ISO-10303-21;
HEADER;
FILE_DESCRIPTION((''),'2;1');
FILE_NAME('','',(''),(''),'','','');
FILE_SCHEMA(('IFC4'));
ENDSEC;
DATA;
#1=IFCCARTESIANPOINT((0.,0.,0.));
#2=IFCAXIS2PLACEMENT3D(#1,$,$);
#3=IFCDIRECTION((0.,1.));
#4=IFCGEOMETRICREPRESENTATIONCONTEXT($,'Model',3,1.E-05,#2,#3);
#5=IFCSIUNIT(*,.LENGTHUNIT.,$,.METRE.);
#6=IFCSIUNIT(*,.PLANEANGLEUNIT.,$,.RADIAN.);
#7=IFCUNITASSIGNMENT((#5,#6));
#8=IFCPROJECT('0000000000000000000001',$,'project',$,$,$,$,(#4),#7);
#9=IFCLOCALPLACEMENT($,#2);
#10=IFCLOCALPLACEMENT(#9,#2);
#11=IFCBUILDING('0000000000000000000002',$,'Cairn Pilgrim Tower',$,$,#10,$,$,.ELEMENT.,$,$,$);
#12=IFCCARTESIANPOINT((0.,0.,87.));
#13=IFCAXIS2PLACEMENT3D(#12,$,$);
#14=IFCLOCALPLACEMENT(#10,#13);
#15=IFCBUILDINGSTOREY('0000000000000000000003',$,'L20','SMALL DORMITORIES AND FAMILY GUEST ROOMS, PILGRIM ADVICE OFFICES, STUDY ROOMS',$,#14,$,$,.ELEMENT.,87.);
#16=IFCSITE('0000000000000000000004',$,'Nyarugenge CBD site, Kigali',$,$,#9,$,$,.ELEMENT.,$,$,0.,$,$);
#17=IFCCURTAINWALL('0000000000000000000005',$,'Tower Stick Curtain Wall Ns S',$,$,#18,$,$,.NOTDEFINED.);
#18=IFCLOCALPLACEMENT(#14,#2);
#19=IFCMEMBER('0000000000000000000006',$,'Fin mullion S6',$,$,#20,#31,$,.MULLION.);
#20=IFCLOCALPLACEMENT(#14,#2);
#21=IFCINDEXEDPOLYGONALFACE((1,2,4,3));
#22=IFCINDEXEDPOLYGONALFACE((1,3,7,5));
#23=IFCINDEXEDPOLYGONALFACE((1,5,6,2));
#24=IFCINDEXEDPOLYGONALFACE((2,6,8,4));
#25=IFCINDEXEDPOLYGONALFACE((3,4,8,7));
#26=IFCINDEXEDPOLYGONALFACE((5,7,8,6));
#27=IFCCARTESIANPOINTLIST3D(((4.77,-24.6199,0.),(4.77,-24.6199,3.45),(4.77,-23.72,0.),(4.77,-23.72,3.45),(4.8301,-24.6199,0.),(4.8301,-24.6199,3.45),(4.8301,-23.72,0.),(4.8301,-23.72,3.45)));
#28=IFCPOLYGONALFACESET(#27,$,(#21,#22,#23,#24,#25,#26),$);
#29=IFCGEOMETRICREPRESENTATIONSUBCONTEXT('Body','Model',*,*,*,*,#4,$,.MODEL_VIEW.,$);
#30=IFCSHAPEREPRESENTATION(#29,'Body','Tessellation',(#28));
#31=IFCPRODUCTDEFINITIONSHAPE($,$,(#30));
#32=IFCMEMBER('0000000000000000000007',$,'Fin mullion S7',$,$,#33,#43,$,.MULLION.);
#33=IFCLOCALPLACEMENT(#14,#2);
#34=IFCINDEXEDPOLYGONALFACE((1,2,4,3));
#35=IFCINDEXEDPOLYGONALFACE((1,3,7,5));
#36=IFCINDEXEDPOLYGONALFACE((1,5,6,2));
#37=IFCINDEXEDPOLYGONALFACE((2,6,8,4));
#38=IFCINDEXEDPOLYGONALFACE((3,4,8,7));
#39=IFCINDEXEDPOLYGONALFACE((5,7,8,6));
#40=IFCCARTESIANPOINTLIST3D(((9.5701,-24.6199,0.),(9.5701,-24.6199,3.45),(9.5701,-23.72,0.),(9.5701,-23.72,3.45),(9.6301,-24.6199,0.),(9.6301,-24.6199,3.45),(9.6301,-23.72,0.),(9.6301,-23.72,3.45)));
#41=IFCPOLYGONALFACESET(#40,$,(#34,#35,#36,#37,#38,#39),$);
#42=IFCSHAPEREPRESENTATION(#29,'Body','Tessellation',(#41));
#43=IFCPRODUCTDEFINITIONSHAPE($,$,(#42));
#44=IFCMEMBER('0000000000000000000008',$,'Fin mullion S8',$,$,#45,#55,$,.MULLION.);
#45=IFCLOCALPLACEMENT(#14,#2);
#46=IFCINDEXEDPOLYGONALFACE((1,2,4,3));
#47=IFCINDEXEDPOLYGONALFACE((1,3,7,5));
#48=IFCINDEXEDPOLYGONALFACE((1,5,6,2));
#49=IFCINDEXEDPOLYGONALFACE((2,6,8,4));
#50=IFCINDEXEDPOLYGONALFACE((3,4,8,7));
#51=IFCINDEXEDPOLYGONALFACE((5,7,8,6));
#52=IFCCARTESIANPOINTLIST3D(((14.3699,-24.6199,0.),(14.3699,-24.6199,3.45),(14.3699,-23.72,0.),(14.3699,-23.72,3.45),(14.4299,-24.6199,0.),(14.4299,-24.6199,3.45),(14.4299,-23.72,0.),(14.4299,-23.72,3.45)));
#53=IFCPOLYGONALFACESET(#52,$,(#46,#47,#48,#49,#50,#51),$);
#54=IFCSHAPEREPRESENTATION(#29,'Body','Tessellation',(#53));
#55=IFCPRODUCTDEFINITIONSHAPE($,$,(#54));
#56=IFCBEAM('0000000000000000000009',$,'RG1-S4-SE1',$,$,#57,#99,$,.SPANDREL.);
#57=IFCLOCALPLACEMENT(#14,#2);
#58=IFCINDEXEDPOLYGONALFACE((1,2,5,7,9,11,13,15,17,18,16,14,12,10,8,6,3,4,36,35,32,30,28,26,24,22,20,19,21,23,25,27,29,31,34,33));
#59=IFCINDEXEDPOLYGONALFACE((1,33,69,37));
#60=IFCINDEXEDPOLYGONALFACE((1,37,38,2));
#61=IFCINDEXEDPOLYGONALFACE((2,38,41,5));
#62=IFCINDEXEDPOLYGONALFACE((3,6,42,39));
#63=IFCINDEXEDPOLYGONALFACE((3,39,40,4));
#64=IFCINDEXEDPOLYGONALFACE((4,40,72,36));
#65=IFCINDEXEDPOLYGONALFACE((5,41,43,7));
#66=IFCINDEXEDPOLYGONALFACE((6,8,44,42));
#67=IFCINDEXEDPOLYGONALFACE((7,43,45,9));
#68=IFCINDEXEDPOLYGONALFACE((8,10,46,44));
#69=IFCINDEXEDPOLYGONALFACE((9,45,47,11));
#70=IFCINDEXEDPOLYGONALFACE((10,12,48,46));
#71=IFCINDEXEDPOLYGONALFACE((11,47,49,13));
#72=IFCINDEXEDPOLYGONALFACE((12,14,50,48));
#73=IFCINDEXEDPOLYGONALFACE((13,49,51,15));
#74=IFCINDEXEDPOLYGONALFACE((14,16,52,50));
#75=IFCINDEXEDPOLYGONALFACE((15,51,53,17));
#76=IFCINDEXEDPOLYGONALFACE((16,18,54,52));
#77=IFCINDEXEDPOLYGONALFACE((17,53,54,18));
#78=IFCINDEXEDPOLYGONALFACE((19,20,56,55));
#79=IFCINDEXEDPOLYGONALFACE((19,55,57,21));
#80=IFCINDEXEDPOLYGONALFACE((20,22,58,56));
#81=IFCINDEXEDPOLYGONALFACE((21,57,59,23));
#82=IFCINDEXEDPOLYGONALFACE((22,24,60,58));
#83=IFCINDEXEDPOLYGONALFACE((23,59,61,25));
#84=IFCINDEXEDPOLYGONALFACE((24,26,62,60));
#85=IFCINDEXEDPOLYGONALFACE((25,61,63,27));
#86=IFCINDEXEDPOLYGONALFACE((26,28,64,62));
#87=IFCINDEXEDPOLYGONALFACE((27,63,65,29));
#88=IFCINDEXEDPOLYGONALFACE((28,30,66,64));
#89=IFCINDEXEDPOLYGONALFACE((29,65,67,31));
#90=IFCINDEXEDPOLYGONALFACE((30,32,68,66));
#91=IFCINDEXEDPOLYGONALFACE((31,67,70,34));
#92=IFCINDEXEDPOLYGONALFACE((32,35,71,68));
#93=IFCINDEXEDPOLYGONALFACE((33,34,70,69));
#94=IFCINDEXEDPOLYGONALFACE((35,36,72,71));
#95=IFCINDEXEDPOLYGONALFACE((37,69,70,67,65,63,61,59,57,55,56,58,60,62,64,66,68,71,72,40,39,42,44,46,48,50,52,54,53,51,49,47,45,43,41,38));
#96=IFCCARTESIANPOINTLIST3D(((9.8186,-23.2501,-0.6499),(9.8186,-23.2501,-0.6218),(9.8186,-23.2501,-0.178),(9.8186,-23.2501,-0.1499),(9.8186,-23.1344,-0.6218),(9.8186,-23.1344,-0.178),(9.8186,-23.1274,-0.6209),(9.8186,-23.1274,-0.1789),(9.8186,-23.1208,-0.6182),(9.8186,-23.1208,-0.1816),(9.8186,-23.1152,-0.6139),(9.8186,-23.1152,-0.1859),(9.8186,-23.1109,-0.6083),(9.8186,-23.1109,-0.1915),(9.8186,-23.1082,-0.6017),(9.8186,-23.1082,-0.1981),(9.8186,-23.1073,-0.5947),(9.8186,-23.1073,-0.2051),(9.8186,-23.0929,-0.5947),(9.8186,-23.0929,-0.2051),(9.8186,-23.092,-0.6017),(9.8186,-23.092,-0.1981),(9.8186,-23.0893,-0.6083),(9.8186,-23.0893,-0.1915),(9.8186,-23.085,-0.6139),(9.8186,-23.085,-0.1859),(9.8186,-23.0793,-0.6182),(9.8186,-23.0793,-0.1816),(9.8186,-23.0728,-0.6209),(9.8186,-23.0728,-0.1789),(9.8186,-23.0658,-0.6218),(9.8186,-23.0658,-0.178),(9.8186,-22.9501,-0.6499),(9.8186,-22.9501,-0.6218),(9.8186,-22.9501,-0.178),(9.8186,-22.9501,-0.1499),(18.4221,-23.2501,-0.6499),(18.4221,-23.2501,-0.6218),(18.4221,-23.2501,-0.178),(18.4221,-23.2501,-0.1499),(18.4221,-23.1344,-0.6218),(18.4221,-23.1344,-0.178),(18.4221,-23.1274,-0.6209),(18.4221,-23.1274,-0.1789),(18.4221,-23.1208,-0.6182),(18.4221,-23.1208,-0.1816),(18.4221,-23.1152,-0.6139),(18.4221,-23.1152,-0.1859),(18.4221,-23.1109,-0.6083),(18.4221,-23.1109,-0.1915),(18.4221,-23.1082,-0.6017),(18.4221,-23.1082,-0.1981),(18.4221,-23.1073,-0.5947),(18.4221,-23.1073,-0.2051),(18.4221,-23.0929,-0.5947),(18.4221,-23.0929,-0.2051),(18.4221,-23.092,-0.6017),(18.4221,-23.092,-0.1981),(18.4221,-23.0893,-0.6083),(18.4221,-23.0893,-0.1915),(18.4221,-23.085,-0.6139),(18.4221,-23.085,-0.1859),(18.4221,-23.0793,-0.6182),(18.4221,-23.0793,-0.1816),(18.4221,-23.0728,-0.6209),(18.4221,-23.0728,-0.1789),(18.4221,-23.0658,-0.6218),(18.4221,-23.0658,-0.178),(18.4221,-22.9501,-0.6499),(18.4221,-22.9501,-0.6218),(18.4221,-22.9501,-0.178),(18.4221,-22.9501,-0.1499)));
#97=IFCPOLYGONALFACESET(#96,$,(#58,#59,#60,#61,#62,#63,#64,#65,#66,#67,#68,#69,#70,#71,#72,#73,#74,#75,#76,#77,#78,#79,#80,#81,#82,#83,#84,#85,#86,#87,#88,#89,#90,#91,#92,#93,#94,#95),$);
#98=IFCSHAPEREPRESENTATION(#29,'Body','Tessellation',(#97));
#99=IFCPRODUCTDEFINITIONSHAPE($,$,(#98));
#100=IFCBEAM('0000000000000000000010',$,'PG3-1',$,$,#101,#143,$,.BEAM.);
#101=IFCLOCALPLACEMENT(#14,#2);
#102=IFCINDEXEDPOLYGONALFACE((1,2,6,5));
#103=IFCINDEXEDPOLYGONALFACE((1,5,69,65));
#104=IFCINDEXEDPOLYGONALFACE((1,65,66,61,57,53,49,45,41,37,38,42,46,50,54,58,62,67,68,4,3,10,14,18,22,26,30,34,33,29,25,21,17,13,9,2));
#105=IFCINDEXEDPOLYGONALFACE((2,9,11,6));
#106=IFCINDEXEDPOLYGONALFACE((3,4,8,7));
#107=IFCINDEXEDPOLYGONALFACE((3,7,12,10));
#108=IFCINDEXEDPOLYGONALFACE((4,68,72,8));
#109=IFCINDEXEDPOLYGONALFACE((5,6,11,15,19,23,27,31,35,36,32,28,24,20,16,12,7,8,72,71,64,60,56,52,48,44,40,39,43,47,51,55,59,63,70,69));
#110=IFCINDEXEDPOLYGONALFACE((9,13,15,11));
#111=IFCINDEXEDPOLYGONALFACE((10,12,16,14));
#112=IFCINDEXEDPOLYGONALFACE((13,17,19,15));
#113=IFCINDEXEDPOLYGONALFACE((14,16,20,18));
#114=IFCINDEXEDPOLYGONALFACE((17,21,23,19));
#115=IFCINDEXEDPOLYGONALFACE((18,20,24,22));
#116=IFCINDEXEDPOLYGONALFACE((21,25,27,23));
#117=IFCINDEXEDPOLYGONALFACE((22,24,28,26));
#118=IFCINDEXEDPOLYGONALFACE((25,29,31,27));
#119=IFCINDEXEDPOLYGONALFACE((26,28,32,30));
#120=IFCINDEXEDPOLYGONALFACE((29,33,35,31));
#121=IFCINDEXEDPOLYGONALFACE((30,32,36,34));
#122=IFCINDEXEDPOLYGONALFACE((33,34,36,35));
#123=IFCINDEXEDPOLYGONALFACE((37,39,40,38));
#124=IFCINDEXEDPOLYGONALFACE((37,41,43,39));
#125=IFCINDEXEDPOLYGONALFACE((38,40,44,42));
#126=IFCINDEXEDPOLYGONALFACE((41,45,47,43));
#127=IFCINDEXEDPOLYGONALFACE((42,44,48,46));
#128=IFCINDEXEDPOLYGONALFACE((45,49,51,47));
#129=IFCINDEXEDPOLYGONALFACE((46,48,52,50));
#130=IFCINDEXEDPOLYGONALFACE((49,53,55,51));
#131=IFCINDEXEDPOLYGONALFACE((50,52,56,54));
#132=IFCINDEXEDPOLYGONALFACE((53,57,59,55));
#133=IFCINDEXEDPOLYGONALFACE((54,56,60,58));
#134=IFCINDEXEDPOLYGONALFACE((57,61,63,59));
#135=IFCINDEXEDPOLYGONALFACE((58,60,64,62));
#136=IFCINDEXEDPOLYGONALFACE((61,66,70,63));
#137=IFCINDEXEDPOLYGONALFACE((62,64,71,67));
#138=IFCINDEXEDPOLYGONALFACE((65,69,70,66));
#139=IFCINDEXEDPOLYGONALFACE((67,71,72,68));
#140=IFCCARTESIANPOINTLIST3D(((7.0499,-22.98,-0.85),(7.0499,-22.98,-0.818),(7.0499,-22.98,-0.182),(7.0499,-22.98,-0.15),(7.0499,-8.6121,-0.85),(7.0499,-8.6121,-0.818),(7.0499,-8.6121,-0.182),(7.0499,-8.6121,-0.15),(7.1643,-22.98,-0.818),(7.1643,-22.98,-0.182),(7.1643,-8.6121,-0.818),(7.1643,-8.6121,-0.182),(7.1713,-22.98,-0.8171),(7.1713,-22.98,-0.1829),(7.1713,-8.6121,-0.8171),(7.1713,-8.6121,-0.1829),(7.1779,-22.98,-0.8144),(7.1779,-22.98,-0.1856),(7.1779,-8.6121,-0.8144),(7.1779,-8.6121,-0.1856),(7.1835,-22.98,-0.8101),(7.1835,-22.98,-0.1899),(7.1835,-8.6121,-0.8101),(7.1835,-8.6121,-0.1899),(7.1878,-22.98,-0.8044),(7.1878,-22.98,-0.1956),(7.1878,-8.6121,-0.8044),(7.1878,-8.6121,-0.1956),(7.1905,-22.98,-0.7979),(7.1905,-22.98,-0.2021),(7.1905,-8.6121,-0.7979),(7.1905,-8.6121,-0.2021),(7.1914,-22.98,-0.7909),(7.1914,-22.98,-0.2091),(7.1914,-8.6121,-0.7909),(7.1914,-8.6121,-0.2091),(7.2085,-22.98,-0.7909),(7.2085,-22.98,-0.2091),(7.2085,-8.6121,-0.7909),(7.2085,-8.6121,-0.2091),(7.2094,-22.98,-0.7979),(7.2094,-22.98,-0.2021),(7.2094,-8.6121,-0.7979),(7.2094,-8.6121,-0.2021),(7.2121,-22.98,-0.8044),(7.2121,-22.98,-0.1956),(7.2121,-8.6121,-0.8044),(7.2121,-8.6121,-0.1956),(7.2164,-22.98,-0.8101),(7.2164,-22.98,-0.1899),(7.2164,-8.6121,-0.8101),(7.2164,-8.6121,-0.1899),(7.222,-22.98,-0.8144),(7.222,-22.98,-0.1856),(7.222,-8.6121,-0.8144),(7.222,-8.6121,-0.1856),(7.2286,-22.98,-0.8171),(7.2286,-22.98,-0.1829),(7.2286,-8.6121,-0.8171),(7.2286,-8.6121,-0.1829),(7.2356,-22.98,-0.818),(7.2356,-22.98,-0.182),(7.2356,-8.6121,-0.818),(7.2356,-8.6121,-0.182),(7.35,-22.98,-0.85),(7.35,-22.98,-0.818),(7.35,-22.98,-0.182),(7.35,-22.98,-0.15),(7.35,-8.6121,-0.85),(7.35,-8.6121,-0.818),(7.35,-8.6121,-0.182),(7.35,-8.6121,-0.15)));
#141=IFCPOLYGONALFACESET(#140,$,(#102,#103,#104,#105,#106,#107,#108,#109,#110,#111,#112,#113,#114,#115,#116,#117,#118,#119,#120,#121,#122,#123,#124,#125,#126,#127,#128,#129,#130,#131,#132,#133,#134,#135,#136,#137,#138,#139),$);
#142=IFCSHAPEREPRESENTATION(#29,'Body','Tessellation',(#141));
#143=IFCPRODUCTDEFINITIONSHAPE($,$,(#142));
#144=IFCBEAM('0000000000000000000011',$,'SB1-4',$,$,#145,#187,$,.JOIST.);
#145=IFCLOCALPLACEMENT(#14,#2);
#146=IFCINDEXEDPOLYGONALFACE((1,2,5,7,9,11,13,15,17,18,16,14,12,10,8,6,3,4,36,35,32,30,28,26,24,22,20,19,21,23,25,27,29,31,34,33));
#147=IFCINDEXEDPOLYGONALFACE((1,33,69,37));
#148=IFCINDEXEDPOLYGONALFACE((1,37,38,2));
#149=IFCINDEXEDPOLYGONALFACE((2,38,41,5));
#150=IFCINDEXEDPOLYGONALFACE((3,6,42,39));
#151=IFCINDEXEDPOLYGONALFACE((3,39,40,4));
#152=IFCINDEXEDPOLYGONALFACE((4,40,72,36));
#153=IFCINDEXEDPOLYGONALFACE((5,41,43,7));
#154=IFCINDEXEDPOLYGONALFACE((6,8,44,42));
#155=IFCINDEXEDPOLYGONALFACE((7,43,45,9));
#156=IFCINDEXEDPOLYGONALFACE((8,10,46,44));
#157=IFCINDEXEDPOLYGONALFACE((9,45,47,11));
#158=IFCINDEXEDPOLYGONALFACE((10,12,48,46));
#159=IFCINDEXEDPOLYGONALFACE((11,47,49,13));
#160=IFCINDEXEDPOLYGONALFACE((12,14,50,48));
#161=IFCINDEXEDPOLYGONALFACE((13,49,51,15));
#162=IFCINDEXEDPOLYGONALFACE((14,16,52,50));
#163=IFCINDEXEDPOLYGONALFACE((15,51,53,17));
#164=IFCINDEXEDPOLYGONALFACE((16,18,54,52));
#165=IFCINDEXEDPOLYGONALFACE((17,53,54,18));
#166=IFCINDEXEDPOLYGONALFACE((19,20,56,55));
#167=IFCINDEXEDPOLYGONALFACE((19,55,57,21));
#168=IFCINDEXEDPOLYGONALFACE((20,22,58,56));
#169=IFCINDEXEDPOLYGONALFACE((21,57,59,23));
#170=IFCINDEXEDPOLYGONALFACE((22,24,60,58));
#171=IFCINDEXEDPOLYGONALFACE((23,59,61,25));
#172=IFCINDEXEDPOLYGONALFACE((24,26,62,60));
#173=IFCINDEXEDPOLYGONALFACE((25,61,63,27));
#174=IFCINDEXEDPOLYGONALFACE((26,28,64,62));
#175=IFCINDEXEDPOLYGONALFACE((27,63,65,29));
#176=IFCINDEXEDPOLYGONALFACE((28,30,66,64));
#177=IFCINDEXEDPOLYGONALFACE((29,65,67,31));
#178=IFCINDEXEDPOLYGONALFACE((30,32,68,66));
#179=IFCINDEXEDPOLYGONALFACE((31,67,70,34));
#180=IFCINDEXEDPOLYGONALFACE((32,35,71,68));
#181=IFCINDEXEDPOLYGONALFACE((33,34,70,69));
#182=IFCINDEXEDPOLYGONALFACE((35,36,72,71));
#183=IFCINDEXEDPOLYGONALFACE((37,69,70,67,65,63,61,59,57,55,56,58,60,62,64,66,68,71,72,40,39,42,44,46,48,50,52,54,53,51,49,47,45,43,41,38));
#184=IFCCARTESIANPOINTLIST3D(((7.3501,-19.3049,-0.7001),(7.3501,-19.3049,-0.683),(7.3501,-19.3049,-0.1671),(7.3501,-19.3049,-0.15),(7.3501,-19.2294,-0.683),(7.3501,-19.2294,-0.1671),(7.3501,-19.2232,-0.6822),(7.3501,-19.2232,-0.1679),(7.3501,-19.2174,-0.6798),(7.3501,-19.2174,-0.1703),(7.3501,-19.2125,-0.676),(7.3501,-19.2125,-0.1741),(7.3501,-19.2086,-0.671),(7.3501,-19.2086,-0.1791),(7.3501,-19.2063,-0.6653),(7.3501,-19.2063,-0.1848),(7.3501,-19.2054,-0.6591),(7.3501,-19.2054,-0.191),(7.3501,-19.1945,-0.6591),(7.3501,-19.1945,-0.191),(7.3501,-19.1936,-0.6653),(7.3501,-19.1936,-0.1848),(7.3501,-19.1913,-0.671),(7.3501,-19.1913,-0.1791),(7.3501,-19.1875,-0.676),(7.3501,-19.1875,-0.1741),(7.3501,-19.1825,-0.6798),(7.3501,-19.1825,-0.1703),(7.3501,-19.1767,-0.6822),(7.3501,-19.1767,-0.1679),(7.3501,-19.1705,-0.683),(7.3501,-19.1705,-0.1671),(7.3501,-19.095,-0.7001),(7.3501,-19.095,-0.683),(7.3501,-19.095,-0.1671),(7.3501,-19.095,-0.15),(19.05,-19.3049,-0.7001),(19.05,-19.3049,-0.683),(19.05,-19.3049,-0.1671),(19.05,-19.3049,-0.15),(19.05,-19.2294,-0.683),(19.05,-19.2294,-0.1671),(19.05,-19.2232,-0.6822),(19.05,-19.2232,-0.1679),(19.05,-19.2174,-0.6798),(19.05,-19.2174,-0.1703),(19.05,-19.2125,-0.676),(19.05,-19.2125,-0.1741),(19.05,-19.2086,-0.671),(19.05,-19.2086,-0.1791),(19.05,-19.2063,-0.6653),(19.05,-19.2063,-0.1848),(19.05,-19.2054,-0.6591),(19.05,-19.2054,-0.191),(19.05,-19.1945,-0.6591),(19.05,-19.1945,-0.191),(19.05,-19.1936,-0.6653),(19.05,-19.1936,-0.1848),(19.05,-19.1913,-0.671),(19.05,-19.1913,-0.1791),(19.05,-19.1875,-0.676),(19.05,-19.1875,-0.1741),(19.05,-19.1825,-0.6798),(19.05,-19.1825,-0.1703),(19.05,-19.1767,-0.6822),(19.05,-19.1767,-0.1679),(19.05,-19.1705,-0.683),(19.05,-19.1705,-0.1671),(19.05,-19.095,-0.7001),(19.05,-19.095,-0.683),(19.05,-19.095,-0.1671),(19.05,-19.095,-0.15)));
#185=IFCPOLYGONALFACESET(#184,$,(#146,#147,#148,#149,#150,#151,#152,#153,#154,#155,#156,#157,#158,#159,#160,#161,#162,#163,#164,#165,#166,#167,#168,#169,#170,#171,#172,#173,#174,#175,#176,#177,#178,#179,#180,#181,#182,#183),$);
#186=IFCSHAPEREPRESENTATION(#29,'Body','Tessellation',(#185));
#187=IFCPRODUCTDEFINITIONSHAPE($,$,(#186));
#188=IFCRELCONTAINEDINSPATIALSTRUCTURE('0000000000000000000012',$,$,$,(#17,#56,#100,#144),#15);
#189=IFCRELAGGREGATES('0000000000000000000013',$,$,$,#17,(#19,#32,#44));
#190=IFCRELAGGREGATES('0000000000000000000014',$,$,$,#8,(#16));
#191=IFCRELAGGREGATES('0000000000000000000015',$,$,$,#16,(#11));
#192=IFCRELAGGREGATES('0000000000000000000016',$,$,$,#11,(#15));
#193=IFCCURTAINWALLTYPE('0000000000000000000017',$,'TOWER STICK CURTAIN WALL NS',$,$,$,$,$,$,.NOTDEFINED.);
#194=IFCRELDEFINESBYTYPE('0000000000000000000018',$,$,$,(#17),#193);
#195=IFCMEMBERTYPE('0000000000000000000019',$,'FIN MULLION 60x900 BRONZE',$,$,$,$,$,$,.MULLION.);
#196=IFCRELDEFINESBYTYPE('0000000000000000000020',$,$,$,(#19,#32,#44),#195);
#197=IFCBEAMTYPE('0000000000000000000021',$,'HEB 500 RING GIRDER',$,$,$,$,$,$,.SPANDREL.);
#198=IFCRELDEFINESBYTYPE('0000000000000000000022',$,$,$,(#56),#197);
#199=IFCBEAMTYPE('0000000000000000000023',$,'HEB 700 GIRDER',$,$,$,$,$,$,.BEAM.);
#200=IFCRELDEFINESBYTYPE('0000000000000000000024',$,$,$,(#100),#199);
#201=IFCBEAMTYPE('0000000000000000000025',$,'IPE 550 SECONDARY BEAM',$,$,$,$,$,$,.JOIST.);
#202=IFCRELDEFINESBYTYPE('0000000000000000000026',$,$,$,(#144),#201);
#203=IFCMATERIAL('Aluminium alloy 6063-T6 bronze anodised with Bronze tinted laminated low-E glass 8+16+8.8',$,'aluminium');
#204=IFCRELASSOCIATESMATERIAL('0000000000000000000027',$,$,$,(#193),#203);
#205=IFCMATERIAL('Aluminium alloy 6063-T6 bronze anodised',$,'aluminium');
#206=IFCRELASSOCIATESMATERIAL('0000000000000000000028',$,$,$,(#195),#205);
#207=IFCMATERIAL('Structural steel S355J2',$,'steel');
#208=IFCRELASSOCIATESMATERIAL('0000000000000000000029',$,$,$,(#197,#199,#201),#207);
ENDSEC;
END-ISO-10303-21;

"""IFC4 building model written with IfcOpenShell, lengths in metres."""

from ifc_helpers import new_model, si_unit, direction, frame, origin, origin_2d, place, context, subcontext, project, spatial, rectangle, i_section, extrude, material, material_profile, profile_set, type_object, element, aggregate, save


model = new_model("IFC4")

# Units and contexts
model_context = context("Model", 3, precision=1e-05, world=origin(), true_north=direction((0.0, 1.0)))
body_context = subcontext(model_context, "Body", "Model", "MODEL_VIEW")
ifc_project = project(units=[si_unit("LENGTHUNIT", "METRE"), si_unit("PLANEANGLEUNIT", "RADIAN")], contexts=[model_context])

# Site, building, storey
site_placement = place(None, origin())
site = spatial("IfcSite", under=ifc_project, at=site_placement, Name="Nyarugenge CBD site, Kigali", CompositionType="ELEMENT", RefElevation=0.0)
building_placement = place(site_placement, origin())
building = spatial("IfcBuilding", under=site, at=building_placement, Name="Cairn Pilgrim Tower", CompositionType="ELEMENT")
storey_placement = place(building_placement, frame((0.0, 0.0, 87.0)))
storey = spatial("IfcBuildingStorey", under=building, at=storey_placement, Name="L20", Description="SMALL DORMITORIES AND FAMILY GUEST ROOMS, PILGRIM ADVICE OFFICES, STUDY ROOMS", CompositionType="ELEMENT", Elevation=87.0)

# Curtain wall, members
ifc_material_1 = material(Name="Aluminium alloy 6063-T6 bronze anodised with Bronze tinted laminated low-E glass 8+16+8.8", Category="aluminium")
curtain_wall_type = type_object("IfcCurtainWallType", Name="TOWER STICK CURTAIN WALL NS", PredefinedType="NOTDEFINED", material=ifc_material_1)
curtain_wall_placement = place(storey_placement, origin())
curtain_wall = element("IfcCurtainWall", 1, at=curtain_wall_placement, inside=storey, type_object=curtain_wall_type, Name="Tower Stick Curtain Wall Ns S", PredefinedType="NOTDEFINED")
ifc_material_2 = material(Name="Aluminium alloy 6063-T6 bronze anodised", Category="aluminium")
ifc_material_profile_1 = material_profile(ifc_material_2, rectangle(XDim=0.8999, YDim=0.0601, at=origin_2d()), Name="FIN MULLION 60x900 BRONZE")
ifc_profile_set_1 = profile_set([ifc_material_profile_1], Name="Aluminium alloy 6063-T6 bronze anodised")
member_type_1 = type_object("IfcMemberType", Name="FIN MULLION 60x900 BRONZE", PredefinedType="MULLION", material=ifc_profile_set_1)
member_1_placement = place(storey_placement, frame((4.8, -24.1699, 0.0), z_axis=(0.0, 0.0, 1.0), x_axis=(0.0, -1.0, 0.0)))
member_1 = element("IfcMember", 2, at=member_1_placement, type_object=member_type_1, Name="Fin mullion S6", PredefinedType="MULLION", context=body_context, shape_type="SweptSolid", body=[
    extrude(rectangle(XDim=0.8999, YDim=0.0601, at=origin_2d()), origin(), (0.0, 0.0, 1.0), 3.45),
])
member_2_placement = place(storey_placement, frame((9.6001, -24.1699, 0.0), z_axis=(0.0, 0.0, 1.0), x_axis=(0.0, -1.0, 0.0)))
member_2 = element("IfcMember", 3, at=member_2_placement, type_object=member_type_1, Name="Fin mullion S7", PredefinedType="MULLION", context=body_context, shape_type="SweptSolid", body=[
    extrude(rectangle(XDim=0.8999, YDim=0.0601, at=origin_2d()), origin(), (0.0, 0.0, 1.0), 3.45),
])
member_3_placement = place(storey_placement, frame((14.3999, -24.1699, 0.0), z_axis=(0.0, 0.0, 1.0), x_axis=(0.0, -1.0, 0.0)))
member_3 = element("IfcMember", 4, at=member_3_placement, type_object=member_type_1, Name="Fin mullion S8", PredefinedType="MULLION", context=body_context, shape_type="SweptSolid", body=[
    extrude(rectangle(XDim=0.8999, YDim=0.0601, at=origin_2d()), origin(), (0.0, 0.0, 1.0), 3.45),
])

# Beams
ifc_material_3 = material(Name="Structural steel S355J2", Category="steel")
ifc_material_profile_2 = material_profile(ifc_material_3, i_section(OverallWidth=0.3, OverallDepth=0.5, WebThickness=0.0144, FlangeThickness=0.0281, FilletRadius=0.0271, at=origin_2d()), Name="HEB 500")
ifc_profile_set_2 = profile_set([ifc_material_profile_2], Name="Structural steel S355J2")
beam_type_1 = type_object("IfcBeamType", Name="HEB 500 RING GIRDER", PredefinedType="SPANDREL", material=ifc_profile_set_2)
beam_1_placement = place(storey_placement, frame((9.8186, -23.1001, -0.3999), z_axis=(1.0, 0.0, 0.0), x_axis=(0.0, 1.0, 0.0)))
element("IfcBeam", 5, at=beam_1_placement, inside=storey, type_object=beam_type_1, Name="RG1-S4-SE1", PredefinedType="SPANDREL", context=body_context, shape_type="SweptSolid", body=[
    extrude(i_section(OverallWidth=0.3, OverallDepth=0.5, WebThickness=0.0144, FlangeThickness=0.0281, FilletRadius=0.0271, at=origin_2d()), origin(), (0.0, 0.0, 1.0), 8.6035),
])
ifc_material_profile_3 = material_profile(ifc_material_3, i_section(OverallWidth=0.3, OverallDepth=0.7, WebThickness=0.0171, FlangeThickness=0.032, FilletRadius=0.0271, at=origin_2d()), Name="HEB 700")
ifc_profile_set_3 = profile_set([ifc_material_profile_3], Name="Structural steel S355J2")
beam_type_2 = type_object("IfcBeamType", Name="HEB 700 GIRDER", PredefinedType="BEAM", material=ifc_profile_set_3)
beam_2_placement = place(storey_placement, frame((7.2, -22.98, -0.5), z_axis=(0.0, 1.0, 0.0), x_axis=(-1.0, 0.0, 0.0)))
element("IfcBeam", 6, at=beam_2_placement, inside=storey, type_object=beam_type_2, Name="PG3-1", PredefinedType="BEAM", context=body_context, shape_type="SweptSolid", body=[
    extrude(i_section(OverallWidth=0.3, OverallDepth=0.7, WebThickness=0.0171, FlangeThickness=0.032, FilletRadius=0.0271, at=origin_2d()), origin(), (0.0, 0.0, 1.0), 14.3679),
])
ifc_material_profile_4 = material_profile(ifc_material_3, i_section(OverallWidth=0.21, OverallDepth=0.55, WebThickness=0.011, FlangeThickness=0.0171, FilletRadius=0.0239, at=origin_2d()), Name="IPE 550")
ifc_profile_set_4 = profile_set([ifc_material_profile_4], Name="Structural steel S355J2")
beam_type_3 = type_object("IfcBeamType", Name="IPE 550 SECONDARY BEAM", PredefinedType="JOIST", material=ifc_profile_set_4)
for number, where, z_axis, x_axis, name in (
    (7, (7.3501, -19.2, -0.425), (1.0, 0.0, 0.0), (0.0, 1.0, 0.0), "SB1-4"),
):
    element("IfcBeam", number, at=place(storey_placement, frame(where, z_axis=z_axis, x_axis=x_axis)), inside=storey, type_object=beam_type_3, Name=name, PredefinedType="JOIST", context=body_context, shape_type="SweptSolid", body=[
        extrude(i_section(OverallWidth=0.21, OverallDepth=0.55, WebThickness=0.011, FlangeThickness=0.0171, FilletRadius=0.0239, at=origin_2d()), origin(), (0.0, 0.0, 1.0), 11.7),
    ])

aggregate(curtain_wall, [member_1, member_2, member_3])

save(model, "model.ifc")
